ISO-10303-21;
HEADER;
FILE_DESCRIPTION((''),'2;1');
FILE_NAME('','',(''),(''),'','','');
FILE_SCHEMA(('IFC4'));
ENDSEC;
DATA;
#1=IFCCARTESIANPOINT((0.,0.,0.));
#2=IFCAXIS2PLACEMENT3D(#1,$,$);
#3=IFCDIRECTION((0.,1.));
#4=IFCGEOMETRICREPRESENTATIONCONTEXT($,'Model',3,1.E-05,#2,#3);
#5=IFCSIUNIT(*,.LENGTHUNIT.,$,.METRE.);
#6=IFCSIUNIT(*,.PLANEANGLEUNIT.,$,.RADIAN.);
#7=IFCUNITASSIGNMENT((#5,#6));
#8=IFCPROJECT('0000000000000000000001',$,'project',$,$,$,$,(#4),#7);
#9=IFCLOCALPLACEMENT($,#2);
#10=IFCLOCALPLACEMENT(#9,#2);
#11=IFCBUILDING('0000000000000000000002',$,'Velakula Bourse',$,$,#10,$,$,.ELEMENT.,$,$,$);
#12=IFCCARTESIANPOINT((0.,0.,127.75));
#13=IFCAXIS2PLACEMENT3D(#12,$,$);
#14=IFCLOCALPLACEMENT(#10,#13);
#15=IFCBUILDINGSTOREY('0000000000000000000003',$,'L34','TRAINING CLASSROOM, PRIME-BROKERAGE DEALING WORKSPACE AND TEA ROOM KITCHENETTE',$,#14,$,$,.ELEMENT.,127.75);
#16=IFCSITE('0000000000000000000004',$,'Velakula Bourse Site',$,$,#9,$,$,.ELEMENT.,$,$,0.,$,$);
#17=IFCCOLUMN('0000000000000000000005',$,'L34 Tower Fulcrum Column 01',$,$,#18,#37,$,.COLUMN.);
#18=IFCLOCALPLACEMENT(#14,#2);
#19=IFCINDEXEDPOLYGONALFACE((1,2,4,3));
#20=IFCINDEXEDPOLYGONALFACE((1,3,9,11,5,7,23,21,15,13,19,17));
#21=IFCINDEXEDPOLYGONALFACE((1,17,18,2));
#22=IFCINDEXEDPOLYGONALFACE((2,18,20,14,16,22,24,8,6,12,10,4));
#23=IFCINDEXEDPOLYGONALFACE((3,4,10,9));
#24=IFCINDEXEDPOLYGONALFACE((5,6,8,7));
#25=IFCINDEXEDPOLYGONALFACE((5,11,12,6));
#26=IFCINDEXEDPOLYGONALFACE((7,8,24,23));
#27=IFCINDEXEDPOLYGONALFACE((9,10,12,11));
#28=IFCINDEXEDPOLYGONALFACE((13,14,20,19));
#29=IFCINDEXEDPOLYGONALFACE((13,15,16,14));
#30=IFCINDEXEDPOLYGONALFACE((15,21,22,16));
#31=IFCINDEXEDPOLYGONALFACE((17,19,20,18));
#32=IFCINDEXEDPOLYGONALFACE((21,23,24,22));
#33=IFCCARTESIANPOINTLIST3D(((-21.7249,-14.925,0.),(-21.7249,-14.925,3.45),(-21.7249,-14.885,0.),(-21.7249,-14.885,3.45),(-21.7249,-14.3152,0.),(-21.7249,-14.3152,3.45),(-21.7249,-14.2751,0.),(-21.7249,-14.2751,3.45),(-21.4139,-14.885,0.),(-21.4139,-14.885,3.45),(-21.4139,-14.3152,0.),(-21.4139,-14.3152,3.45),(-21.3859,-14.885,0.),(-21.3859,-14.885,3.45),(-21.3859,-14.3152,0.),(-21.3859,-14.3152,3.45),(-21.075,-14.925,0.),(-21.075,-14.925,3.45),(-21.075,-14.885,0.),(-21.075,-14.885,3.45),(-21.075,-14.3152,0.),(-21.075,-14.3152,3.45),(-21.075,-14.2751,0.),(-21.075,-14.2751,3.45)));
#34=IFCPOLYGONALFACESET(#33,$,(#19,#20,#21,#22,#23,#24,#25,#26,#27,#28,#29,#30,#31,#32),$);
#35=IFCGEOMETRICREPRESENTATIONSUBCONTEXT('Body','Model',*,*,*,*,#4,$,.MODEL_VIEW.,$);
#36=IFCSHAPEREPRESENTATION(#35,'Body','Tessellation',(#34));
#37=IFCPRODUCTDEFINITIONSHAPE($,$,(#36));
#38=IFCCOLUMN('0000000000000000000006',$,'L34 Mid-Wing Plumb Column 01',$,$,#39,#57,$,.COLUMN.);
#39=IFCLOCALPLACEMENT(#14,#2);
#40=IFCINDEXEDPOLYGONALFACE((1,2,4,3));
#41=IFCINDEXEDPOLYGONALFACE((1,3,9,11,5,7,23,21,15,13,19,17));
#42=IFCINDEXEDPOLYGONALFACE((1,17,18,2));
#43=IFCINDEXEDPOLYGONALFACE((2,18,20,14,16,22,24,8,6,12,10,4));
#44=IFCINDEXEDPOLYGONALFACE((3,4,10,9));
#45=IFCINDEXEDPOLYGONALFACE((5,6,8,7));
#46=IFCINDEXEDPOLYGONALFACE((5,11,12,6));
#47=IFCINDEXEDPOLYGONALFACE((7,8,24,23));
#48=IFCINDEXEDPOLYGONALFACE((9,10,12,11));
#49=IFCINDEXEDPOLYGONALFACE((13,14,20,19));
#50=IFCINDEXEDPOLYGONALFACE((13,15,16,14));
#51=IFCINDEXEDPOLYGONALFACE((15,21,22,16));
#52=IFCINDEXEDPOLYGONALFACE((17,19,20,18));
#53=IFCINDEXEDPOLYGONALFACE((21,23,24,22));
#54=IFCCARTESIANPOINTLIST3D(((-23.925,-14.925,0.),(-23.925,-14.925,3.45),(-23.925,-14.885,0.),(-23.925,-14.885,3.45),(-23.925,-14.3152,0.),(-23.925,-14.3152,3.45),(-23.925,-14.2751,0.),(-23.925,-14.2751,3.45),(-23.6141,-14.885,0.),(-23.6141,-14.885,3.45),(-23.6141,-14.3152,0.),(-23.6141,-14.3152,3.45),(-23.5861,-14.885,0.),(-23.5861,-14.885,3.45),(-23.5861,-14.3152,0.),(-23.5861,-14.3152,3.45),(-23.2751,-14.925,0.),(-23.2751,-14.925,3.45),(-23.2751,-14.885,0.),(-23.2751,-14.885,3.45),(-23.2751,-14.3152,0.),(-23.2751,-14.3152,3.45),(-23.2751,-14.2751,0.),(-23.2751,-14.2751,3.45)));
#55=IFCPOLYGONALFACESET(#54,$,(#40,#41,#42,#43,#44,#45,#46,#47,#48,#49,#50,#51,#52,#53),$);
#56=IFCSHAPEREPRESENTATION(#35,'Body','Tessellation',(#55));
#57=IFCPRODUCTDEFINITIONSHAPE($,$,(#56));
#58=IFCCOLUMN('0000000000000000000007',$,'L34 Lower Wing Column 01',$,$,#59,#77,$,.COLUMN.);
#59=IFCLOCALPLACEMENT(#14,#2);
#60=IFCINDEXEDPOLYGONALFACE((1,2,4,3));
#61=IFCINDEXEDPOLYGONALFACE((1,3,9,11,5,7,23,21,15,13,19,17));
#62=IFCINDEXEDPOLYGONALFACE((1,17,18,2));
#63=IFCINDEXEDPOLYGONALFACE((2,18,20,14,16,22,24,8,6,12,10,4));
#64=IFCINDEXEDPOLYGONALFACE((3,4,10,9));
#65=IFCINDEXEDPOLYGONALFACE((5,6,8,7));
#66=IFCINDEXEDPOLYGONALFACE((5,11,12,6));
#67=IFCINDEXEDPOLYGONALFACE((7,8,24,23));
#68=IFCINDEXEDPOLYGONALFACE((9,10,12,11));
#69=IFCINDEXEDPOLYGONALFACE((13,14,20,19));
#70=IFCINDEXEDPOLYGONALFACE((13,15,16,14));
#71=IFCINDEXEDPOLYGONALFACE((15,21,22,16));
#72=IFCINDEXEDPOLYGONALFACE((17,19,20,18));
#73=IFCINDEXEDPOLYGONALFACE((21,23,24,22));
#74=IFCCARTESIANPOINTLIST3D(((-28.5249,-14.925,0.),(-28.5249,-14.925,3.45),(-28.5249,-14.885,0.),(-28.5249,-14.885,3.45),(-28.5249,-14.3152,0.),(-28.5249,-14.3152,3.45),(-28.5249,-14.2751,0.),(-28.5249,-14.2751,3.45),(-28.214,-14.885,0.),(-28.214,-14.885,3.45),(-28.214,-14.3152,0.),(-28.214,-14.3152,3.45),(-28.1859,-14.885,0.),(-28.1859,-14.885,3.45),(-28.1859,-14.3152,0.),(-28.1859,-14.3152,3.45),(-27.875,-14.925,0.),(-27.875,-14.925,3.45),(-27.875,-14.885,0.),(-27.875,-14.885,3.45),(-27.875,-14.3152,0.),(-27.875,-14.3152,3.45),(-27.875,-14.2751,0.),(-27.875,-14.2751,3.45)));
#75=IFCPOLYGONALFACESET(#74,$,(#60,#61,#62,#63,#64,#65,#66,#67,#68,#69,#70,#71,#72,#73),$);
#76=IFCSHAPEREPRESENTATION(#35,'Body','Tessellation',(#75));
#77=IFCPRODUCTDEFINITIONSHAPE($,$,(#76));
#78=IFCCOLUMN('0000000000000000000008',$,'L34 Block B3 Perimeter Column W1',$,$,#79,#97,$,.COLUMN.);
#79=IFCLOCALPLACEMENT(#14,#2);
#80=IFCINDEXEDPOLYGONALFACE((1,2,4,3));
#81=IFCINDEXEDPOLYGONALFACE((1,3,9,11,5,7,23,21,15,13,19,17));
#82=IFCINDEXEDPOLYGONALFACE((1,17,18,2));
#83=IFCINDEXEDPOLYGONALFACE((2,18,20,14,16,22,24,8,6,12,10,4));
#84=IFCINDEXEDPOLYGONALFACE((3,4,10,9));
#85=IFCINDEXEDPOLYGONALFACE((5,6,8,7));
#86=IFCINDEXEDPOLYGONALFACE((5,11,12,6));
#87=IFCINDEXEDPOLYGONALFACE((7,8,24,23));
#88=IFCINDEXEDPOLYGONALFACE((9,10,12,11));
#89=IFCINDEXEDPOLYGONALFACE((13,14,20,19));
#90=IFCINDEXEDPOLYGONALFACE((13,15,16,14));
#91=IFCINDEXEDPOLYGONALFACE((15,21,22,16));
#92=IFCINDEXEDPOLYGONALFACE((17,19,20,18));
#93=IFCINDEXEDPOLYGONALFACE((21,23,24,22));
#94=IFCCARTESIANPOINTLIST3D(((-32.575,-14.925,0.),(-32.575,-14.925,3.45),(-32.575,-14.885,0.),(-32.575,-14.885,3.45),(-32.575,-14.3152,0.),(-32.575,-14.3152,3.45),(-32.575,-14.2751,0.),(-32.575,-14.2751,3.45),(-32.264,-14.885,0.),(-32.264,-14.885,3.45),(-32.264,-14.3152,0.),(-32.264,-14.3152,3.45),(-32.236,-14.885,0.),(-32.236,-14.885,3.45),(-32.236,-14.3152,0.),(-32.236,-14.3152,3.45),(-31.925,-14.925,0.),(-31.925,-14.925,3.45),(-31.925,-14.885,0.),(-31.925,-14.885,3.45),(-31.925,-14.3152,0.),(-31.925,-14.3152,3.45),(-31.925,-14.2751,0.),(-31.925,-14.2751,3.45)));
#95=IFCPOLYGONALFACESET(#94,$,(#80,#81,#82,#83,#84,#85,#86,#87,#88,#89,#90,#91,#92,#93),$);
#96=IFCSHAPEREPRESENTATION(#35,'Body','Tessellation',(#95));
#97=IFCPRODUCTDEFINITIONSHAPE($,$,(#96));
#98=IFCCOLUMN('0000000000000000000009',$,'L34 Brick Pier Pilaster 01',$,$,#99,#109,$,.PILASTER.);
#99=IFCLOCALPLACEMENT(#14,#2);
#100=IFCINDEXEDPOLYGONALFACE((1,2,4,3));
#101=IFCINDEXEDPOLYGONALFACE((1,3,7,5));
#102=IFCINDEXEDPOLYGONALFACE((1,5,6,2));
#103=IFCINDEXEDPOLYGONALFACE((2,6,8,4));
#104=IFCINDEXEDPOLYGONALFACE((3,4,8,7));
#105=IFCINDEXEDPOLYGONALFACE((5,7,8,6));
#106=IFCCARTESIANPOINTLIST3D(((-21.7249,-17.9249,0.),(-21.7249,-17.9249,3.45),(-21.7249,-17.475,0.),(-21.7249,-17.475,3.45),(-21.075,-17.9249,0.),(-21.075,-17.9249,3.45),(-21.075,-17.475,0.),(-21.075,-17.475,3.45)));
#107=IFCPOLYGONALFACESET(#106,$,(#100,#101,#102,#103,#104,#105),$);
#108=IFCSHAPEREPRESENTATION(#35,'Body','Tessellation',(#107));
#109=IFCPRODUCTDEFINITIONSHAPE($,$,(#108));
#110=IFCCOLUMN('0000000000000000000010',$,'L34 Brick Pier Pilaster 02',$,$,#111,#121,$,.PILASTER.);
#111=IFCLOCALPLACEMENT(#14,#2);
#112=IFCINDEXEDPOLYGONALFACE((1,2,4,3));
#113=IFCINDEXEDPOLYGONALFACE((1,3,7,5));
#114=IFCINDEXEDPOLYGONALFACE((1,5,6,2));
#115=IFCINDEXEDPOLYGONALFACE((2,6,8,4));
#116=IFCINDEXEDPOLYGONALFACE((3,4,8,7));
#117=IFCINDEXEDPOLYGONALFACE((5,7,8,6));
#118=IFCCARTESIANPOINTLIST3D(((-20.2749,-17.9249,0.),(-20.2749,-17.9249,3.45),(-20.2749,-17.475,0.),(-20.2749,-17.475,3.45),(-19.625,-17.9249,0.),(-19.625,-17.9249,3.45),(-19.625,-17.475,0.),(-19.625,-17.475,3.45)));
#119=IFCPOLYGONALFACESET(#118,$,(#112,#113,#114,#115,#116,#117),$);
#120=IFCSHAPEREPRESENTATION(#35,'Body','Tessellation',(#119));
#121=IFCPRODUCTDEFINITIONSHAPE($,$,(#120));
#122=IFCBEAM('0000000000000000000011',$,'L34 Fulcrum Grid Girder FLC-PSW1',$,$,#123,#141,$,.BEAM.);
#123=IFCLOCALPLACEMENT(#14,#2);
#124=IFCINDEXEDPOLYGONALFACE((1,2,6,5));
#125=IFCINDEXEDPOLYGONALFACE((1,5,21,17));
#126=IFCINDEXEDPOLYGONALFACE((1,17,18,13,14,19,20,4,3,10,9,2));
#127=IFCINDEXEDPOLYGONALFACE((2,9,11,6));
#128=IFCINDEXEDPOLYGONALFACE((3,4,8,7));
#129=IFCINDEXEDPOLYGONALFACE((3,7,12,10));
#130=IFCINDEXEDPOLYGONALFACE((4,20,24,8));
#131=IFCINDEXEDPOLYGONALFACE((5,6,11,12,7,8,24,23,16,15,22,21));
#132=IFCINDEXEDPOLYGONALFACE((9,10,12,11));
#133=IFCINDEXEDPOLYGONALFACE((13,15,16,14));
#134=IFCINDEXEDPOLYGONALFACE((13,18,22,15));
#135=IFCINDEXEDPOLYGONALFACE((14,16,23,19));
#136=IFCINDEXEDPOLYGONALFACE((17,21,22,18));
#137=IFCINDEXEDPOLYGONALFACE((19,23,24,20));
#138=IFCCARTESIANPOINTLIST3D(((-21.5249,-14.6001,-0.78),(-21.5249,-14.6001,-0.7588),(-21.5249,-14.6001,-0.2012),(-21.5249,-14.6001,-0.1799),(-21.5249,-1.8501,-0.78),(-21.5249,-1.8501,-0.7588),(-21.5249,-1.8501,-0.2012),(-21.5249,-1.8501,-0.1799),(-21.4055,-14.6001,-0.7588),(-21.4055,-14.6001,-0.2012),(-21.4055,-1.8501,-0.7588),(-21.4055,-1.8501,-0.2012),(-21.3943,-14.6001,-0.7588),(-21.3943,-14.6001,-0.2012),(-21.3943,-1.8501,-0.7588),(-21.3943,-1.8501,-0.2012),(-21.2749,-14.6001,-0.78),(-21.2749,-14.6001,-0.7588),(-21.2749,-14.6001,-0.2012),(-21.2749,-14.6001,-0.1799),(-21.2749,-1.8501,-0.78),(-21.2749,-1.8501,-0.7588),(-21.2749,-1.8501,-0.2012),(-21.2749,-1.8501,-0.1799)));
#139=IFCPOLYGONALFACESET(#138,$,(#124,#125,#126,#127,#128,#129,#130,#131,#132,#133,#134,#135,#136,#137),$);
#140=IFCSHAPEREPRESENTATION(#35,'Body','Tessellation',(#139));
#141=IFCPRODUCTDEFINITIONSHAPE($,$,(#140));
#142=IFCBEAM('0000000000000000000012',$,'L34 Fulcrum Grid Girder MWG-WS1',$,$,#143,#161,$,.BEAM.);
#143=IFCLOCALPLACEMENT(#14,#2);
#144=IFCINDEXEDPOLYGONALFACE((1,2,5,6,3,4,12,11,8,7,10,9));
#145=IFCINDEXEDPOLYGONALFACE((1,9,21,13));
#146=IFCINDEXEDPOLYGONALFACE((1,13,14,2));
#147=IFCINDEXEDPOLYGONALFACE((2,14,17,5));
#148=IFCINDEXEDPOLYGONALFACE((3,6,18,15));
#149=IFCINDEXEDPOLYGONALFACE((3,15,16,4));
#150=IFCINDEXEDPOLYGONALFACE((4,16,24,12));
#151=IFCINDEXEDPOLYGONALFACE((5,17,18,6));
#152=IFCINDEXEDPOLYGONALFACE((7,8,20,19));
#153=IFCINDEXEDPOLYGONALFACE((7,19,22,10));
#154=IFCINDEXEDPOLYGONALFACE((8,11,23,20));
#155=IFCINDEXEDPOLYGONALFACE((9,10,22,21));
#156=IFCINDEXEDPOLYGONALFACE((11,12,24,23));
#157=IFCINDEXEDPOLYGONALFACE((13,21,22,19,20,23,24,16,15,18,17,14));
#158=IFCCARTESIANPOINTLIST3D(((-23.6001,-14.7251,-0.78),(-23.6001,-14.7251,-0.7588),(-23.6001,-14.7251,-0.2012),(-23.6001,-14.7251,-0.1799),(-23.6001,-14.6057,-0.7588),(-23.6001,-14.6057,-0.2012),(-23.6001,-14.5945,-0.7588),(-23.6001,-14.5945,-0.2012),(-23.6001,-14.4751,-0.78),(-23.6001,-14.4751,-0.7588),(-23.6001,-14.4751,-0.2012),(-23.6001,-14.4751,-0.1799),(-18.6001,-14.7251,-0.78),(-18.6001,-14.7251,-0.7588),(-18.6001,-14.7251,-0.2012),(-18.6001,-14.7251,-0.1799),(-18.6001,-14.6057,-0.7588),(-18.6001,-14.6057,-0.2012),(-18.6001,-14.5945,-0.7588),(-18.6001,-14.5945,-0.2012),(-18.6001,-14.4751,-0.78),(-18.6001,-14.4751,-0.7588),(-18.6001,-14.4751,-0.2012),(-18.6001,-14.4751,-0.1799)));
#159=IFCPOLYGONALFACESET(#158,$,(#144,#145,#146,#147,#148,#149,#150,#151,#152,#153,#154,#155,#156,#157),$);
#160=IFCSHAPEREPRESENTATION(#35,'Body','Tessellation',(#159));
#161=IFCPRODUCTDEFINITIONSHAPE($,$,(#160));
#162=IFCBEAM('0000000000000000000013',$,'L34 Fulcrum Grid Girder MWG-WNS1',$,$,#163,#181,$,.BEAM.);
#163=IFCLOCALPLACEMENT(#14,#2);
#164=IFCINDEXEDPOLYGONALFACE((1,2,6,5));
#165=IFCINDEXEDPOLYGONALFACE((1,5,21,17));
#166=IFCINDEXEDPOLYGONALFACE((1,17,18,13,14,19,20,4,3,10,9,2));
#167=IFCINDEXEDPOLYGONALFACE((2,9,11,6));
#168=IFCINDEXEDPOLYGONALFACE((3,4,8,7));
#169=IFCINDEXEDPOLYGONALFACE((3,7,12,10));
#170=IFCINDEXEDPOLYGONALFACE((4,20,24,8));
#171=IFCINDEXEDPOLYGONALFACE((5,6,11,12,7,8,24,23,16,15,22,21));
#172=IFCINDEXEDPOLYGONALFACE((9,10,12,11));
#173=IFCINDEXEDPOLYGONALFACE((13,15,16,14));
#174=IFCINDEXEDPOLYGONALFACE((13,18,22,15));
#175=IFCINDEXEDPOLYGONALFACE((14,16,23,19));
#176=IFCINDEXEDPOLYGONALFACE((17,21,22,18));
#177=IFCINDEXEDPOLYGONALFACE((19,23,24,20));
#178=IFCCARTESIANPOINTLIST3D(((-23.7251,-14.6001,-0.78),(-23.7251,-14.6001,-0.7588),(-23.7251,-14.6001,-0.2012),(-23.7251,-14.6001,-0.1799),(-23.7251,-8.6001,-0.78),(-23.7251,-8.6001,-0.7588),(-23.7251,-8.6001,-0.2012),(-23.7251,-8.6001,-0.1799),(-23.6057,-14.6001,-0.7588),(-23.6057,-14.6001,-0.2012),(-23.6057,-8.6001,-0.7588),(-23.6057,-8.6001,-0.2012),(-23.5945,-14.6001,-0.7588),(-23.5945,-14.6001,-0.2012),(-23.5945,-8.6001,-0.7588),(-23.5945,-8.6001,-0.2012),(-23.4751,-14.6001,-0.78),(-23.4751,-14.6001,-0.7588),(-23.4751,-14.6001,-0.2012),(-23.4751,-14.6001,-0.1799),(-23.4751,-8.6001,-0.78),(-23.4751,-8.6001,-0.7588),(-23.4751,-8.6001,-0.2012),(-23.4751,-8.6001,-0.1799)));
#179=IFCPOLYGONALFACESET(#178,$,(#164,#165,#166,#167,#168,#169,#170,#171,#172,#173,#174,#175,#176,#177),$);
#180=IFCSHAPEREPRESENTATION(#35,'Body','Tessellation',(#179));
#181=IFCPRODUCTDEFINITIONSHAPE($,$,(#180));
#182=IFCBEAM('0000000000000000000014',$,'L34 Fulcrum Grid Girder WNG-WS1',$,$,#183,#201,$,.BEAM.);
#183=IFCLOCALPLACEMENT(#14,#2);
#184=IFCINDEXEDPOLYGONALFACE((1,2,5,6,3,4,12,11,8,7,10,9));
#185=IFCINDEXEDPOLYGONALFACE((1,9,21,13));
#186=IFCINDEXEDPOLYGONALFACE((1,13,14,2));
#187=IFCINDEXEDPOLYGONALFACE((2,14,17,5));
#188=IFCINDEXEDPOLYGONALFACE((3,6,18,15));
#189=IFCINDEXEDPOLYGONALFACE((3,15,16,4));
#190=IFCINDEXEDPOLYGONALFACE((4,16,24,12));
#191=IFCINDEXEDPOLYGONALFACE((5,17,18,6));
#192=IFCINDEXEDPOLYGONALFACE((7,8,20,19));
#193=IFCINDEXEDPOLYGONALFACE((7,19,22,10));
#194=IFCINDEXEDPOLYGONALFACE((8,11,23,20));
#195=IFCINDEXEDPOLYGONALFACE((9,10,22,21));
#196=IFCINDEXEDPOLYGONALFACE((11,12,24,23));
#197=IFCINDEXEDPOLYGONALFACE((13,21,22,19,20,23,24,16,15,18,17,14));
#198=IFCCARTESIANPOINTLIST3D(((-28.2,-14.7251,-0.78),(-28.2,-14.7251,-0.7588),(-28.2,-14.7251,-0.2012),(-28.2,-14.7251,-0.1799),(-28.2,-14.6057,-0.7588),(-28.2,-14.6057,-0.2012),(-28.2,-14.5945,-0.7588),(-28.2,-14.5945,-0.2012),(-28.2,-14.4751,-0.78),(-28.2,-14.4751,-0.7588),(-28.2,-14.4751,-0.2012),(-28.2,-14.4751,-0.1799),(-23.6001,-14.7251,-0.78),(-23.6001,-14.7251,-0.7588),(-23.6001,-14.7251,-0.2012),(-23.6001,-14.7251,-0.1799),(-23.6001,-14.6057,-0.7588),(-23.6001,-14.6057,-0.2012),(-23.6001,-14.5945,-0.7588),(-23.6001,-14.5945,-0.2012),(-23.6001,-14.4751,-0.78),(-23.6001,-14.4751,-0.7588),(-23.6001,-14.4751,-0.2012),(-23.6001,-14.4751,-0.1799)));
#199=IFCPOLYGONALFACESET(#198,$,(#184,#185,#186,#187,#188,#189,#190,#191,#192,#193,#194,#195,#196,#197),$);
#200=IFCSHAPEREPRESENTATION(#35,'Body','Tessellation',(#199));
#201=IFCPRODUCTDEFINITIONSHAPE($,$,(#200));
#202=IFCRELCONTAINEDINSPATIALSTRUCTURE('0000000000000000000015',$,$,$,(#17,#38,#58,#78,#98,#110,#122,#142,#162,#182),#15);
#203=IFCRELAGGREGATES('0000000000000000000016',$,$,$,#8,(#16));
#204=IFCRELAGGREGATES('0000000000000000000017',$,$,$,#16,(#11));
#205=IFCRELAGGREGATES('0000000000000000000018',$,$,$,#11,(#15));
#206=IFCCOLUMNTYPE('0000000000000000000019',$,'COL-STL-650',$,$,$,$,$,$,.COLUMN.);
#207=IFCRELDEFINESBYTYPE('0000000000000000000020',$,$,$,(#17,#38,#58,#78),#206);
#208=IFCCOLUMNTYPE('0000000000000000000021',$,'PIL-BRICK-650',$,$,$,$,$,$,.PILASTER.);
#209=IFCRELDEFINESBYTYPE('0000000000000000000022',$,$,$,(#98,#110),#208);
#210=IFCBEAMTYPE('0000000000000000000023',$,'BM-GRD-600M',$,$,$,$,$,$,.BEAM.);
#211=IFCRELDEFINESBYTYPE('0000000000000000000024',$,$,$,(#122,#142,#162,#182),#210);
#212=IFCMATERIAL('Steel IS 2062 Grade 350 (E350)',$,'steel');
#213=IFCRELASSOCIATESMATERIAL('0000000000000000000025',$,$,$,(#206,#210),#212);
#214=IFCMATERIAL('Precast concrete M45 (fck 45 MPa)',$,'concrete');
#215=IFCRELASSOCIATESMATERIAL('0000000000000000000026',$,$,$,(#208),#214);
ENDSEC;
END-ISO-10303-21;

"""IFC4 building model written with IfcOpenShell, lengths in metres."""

from ifc_helpers import new_model, si_unit, direction, frame, origin, origin_2d, place, context, subcontext, project, spatial, rectangle, i_section, extrude, material, material_profile, profile_set, type_object, element, save


model = new_model("IFC4")

# Units and contexts
model_context = context("Model", 3, precision=1e-05, world=origin(), true_north=direction((0.0, 1.0)))
body_context = subcontext(model_context, "Body", "Model", "MODEL_VIEW")
ifc_project = project(units=[si_unit("LENGTHUNIT", "METRE"), si_unit("PLANEANGLEUNIT", "RADIAN")], contexts=[model_context])

# Site, building, storey
site_placement = place(None, origin())
site = spatial("IfcSite", under=ifc_project, at=site_placement, Name="Velakula Bourse Site", CompositionType="ELEMENT", RefElevation=0.0)
building_placement = place(site_placement, origin())
building = spatial("IfcBuilding", under=site, at=building_placement, Name="Velakula Bourse", CompositionType="ELEMENT")
storey_placement = place(building_placement, frame((0.0, 0.0, 127.75)))
storey = spatial("IfcBuildingStorey", under=building, at=storey_placement, Name="L34", Description="TRAINING CLASSROOM, PRIME-BROKERAGE DEALING WORKSPACE AND TEA ROOM KITCHENETTE", CompositionType="ELEMENT", Elevation=127.75)

# Columns
ifc_material_1 = material(Name="Steel IS 2062 Grade 350 (E350)", Category="steel")
ifc_material_profile_1 = material_profile(ifc_material_1, i_section(OverallWidth=0.6499, OverallDepth=0.6499, WebThickness=0.0281, FlangeThickness=0.04, at=origin_2d()), Name="Steel IS 2062 Grade 350 (E350)")
ifc_profile_set_1 = profile_set([ifc_material_profile_1], Name="Steel IS 2062 Grade 350 (E350)")
column_type_1 = type_object("IfcColumnType", Name="COL-STL-650", PredefinedType="COLUMN", material=ifc_profile_set_1)
for number, where, z_axis, x_axis, name in (
    (1, (-21.3999, -14.6001, 0.0), (0.0, 0.0, 1.0), (1.0, 0.0, 0.0), "L34 Tower Fulcrum Column 01"),
    (2, (-23.6001, -14.6001, 0.0), (0.0, 0.0, 1.0), (1.0, 0.0, 0.0), "L34 Mid-Wing Plumb Column 01"),
    (3, (-28.2, -14.6001, 0.0), (0.0, 0.0, 1.0), (1.0, 0.0, 0.0), "L34 Lower Wing Column 01"),
    (4, (-32.25, -14.6001, 0.0), (0.0, 0.0, 1.0), (1.0, 0.0, 0.0), "L34 Block B3 Perimeter Column W1"),
):
    element("IfcColumn", number, at=place(storey_placement, frame(where, z_axis=z_axis, x_axis=x_axis)), inside=storey, type_object=column_type_1, Name=name, PredefinedType="COLUMN", context=body_context, shape_type="SweptSolid", body=[
        extrude(i_section(OverallWidth=0.6499, OverallDepth=0.6499, WebThickness=0.0281, FlangeThickness=0.04, at=origin_2d()), origin(), (0.0, 0.0, 1.0), 3.45),
    ])
ifc_material_2 = material(Name="Precast concrete M45 (fck 45 MPa)", Category="concrete")
ifc_material_profile_2 = material_profile(ifc_material_2, rectangle(XDim=0.6499, YDim=0.45, at=origin_2d()), Name="Precast concrete M45 (fck 45 MPa)")
ifc_profile_set_2 = profile_set([ifc_material_profile_2], Name="Precast concrete M45 (fck 45 MPa)")
column_type_2 = type_object("IfcColumnType", Name="PIL-BRICK-650", PredefinedType="PILASTER", material=ifc_profile_set_2)
for number, where, z_axis, x_axis, name in (
    (5, (-21.3999, -17.7, 0.0), (0.0, 0.0, 1.0), (1.0, 0.0, 0.0), "L34 Brick Pier Pilaster 01"),
    (6, (-19.95, -17.7, 0.0), (0.0, 0.0, 1.0), (1.0, 0.0, 0.0), "L34 Brick Pier Pilaster 02"),
):
    element("IfcColumn", number, at=place(storey_placement, frame(where, z_axis=z_axis, x_axis=x_axis)), inside=storey, type_object=column_type_2, Name=name, PredefinedType="PILASTER", context=body_context, shape_type="SweptSolid", body=[
        extrude(rectangle(XDim=0.6499, YDim=0.45, at=origin_2d()), origin(), (0.0, 0.0, 1.0), 3.45),
    ])

# Beams
ifc_material_profile_3 = material_profile(ifc_material_1, i_section(OverallWidth=0.25, OverallDepth=0.6001, WebThickness=0.0112, FlangeThickness=0.0212, at=origin_2d()), Name="Steel IS 2062 Grade 350 (E350)")
ifc_profile_set_3 = profile_set([ifc_material_profile_3], Name="Steel IS 2062 Grade 350 (E350)")
beam_type_1 = type_object("IfcBeamType", Name="BM-GRD-600M", PredefinedType="BEAM", material=ifc_profile_set_3)
beam_1_placement = place(storey_placement, frame((-21.3999, -14.6001, -0.48), z_axis=(0.0, 1.0, 0.0), x_axis=(-1.0, 0.0, 0.0)))
element("IfcBeam", 7, at=beam_1_placement, inside=storey, type_object=beam_type_1, Name="L34 Fulcrum Grid Girder FLC-PSW1", PredefinedType="BEAM", context=body_context, shape_type="SweptSolid", body=[
    extrude(i_section(OverallWidth=0.25, OverallDepth=0.6001, WebThickness=0.0112, FlangeThickness=0.0212, at=origin_2d()), origin(), (0.0, 0.0, 1.0), 12.75),
])
beam_2_placement = place(storey_placement, frame((-23.6001, -14.6001, -0.48), z_axis=(1.0, 0.0, 0.0), x_axis=(0.0, 1.0, 0.0)))
element("IfcBeam", 8, at=beam_2_placement, inside=storey, type_object=beam_type_1, Name="L34 Fulcrum Grid Girder MWG-WS1", PredefinedType="BEAM", context=body_context, shape_type="SweptSolid", body=[
    extrude(i_section(OverallWidth=0.25, OverallDepth=0.6001, WebThickness=0.0112, FlangeThickness=0.0212, at=origin_2d()), origin(), (0.0, 0.0, 1.0), 5.0),
])
beam_3_placement = place(storey_placement, frame((-23.6001, -14.6001, -0.48), z_axis=(0.0, 1.0, 0.0), x_axis=(-1.0, 0.0, 0.0)))
element("IfcBeam", 9, at=beam_3_placement, inside=storey, type_object=beam_type_1, Name="L34 Fulcrum Grid Girder MWG-WNS1", PredefinedType="BEAM", context=body_context, shape_type="SweptSolid", body=[
    extrude(i_section(OverallWidth=0.25, OverallDepth=0.6001, WebThickness=0.0112, FlangeThickness=0.0212, at=origin_2d()), origin(), (0.0, 0.0, 1.0), 6.0),
])
beam_4_placement = place(storey_placement, frame((-28.2, -14.6001, -0.48), z_axis=(1.0, 0.0, 0.0), x_axis=(0.0, 1.0, 0.0)))
element("IfcBeam", 10, at=beam_4_placement, inside=storey, type_object=beam_type_1, Name="L34 Fulcrum Grid Girder WNG-WS1", PredefinedType="BEAM", context=body_context, shape_type="SweptSolid", body=[
    extrude(i_section(OverallWidth=0.25, OverallDepth=0.6001, WebThickness=0.0112, FlangeThickness=0.0212, at=origin_2d()), origin(), (0.0, 0.0, 1.0), 4.5999),
])

save(model, "model.ifc")
